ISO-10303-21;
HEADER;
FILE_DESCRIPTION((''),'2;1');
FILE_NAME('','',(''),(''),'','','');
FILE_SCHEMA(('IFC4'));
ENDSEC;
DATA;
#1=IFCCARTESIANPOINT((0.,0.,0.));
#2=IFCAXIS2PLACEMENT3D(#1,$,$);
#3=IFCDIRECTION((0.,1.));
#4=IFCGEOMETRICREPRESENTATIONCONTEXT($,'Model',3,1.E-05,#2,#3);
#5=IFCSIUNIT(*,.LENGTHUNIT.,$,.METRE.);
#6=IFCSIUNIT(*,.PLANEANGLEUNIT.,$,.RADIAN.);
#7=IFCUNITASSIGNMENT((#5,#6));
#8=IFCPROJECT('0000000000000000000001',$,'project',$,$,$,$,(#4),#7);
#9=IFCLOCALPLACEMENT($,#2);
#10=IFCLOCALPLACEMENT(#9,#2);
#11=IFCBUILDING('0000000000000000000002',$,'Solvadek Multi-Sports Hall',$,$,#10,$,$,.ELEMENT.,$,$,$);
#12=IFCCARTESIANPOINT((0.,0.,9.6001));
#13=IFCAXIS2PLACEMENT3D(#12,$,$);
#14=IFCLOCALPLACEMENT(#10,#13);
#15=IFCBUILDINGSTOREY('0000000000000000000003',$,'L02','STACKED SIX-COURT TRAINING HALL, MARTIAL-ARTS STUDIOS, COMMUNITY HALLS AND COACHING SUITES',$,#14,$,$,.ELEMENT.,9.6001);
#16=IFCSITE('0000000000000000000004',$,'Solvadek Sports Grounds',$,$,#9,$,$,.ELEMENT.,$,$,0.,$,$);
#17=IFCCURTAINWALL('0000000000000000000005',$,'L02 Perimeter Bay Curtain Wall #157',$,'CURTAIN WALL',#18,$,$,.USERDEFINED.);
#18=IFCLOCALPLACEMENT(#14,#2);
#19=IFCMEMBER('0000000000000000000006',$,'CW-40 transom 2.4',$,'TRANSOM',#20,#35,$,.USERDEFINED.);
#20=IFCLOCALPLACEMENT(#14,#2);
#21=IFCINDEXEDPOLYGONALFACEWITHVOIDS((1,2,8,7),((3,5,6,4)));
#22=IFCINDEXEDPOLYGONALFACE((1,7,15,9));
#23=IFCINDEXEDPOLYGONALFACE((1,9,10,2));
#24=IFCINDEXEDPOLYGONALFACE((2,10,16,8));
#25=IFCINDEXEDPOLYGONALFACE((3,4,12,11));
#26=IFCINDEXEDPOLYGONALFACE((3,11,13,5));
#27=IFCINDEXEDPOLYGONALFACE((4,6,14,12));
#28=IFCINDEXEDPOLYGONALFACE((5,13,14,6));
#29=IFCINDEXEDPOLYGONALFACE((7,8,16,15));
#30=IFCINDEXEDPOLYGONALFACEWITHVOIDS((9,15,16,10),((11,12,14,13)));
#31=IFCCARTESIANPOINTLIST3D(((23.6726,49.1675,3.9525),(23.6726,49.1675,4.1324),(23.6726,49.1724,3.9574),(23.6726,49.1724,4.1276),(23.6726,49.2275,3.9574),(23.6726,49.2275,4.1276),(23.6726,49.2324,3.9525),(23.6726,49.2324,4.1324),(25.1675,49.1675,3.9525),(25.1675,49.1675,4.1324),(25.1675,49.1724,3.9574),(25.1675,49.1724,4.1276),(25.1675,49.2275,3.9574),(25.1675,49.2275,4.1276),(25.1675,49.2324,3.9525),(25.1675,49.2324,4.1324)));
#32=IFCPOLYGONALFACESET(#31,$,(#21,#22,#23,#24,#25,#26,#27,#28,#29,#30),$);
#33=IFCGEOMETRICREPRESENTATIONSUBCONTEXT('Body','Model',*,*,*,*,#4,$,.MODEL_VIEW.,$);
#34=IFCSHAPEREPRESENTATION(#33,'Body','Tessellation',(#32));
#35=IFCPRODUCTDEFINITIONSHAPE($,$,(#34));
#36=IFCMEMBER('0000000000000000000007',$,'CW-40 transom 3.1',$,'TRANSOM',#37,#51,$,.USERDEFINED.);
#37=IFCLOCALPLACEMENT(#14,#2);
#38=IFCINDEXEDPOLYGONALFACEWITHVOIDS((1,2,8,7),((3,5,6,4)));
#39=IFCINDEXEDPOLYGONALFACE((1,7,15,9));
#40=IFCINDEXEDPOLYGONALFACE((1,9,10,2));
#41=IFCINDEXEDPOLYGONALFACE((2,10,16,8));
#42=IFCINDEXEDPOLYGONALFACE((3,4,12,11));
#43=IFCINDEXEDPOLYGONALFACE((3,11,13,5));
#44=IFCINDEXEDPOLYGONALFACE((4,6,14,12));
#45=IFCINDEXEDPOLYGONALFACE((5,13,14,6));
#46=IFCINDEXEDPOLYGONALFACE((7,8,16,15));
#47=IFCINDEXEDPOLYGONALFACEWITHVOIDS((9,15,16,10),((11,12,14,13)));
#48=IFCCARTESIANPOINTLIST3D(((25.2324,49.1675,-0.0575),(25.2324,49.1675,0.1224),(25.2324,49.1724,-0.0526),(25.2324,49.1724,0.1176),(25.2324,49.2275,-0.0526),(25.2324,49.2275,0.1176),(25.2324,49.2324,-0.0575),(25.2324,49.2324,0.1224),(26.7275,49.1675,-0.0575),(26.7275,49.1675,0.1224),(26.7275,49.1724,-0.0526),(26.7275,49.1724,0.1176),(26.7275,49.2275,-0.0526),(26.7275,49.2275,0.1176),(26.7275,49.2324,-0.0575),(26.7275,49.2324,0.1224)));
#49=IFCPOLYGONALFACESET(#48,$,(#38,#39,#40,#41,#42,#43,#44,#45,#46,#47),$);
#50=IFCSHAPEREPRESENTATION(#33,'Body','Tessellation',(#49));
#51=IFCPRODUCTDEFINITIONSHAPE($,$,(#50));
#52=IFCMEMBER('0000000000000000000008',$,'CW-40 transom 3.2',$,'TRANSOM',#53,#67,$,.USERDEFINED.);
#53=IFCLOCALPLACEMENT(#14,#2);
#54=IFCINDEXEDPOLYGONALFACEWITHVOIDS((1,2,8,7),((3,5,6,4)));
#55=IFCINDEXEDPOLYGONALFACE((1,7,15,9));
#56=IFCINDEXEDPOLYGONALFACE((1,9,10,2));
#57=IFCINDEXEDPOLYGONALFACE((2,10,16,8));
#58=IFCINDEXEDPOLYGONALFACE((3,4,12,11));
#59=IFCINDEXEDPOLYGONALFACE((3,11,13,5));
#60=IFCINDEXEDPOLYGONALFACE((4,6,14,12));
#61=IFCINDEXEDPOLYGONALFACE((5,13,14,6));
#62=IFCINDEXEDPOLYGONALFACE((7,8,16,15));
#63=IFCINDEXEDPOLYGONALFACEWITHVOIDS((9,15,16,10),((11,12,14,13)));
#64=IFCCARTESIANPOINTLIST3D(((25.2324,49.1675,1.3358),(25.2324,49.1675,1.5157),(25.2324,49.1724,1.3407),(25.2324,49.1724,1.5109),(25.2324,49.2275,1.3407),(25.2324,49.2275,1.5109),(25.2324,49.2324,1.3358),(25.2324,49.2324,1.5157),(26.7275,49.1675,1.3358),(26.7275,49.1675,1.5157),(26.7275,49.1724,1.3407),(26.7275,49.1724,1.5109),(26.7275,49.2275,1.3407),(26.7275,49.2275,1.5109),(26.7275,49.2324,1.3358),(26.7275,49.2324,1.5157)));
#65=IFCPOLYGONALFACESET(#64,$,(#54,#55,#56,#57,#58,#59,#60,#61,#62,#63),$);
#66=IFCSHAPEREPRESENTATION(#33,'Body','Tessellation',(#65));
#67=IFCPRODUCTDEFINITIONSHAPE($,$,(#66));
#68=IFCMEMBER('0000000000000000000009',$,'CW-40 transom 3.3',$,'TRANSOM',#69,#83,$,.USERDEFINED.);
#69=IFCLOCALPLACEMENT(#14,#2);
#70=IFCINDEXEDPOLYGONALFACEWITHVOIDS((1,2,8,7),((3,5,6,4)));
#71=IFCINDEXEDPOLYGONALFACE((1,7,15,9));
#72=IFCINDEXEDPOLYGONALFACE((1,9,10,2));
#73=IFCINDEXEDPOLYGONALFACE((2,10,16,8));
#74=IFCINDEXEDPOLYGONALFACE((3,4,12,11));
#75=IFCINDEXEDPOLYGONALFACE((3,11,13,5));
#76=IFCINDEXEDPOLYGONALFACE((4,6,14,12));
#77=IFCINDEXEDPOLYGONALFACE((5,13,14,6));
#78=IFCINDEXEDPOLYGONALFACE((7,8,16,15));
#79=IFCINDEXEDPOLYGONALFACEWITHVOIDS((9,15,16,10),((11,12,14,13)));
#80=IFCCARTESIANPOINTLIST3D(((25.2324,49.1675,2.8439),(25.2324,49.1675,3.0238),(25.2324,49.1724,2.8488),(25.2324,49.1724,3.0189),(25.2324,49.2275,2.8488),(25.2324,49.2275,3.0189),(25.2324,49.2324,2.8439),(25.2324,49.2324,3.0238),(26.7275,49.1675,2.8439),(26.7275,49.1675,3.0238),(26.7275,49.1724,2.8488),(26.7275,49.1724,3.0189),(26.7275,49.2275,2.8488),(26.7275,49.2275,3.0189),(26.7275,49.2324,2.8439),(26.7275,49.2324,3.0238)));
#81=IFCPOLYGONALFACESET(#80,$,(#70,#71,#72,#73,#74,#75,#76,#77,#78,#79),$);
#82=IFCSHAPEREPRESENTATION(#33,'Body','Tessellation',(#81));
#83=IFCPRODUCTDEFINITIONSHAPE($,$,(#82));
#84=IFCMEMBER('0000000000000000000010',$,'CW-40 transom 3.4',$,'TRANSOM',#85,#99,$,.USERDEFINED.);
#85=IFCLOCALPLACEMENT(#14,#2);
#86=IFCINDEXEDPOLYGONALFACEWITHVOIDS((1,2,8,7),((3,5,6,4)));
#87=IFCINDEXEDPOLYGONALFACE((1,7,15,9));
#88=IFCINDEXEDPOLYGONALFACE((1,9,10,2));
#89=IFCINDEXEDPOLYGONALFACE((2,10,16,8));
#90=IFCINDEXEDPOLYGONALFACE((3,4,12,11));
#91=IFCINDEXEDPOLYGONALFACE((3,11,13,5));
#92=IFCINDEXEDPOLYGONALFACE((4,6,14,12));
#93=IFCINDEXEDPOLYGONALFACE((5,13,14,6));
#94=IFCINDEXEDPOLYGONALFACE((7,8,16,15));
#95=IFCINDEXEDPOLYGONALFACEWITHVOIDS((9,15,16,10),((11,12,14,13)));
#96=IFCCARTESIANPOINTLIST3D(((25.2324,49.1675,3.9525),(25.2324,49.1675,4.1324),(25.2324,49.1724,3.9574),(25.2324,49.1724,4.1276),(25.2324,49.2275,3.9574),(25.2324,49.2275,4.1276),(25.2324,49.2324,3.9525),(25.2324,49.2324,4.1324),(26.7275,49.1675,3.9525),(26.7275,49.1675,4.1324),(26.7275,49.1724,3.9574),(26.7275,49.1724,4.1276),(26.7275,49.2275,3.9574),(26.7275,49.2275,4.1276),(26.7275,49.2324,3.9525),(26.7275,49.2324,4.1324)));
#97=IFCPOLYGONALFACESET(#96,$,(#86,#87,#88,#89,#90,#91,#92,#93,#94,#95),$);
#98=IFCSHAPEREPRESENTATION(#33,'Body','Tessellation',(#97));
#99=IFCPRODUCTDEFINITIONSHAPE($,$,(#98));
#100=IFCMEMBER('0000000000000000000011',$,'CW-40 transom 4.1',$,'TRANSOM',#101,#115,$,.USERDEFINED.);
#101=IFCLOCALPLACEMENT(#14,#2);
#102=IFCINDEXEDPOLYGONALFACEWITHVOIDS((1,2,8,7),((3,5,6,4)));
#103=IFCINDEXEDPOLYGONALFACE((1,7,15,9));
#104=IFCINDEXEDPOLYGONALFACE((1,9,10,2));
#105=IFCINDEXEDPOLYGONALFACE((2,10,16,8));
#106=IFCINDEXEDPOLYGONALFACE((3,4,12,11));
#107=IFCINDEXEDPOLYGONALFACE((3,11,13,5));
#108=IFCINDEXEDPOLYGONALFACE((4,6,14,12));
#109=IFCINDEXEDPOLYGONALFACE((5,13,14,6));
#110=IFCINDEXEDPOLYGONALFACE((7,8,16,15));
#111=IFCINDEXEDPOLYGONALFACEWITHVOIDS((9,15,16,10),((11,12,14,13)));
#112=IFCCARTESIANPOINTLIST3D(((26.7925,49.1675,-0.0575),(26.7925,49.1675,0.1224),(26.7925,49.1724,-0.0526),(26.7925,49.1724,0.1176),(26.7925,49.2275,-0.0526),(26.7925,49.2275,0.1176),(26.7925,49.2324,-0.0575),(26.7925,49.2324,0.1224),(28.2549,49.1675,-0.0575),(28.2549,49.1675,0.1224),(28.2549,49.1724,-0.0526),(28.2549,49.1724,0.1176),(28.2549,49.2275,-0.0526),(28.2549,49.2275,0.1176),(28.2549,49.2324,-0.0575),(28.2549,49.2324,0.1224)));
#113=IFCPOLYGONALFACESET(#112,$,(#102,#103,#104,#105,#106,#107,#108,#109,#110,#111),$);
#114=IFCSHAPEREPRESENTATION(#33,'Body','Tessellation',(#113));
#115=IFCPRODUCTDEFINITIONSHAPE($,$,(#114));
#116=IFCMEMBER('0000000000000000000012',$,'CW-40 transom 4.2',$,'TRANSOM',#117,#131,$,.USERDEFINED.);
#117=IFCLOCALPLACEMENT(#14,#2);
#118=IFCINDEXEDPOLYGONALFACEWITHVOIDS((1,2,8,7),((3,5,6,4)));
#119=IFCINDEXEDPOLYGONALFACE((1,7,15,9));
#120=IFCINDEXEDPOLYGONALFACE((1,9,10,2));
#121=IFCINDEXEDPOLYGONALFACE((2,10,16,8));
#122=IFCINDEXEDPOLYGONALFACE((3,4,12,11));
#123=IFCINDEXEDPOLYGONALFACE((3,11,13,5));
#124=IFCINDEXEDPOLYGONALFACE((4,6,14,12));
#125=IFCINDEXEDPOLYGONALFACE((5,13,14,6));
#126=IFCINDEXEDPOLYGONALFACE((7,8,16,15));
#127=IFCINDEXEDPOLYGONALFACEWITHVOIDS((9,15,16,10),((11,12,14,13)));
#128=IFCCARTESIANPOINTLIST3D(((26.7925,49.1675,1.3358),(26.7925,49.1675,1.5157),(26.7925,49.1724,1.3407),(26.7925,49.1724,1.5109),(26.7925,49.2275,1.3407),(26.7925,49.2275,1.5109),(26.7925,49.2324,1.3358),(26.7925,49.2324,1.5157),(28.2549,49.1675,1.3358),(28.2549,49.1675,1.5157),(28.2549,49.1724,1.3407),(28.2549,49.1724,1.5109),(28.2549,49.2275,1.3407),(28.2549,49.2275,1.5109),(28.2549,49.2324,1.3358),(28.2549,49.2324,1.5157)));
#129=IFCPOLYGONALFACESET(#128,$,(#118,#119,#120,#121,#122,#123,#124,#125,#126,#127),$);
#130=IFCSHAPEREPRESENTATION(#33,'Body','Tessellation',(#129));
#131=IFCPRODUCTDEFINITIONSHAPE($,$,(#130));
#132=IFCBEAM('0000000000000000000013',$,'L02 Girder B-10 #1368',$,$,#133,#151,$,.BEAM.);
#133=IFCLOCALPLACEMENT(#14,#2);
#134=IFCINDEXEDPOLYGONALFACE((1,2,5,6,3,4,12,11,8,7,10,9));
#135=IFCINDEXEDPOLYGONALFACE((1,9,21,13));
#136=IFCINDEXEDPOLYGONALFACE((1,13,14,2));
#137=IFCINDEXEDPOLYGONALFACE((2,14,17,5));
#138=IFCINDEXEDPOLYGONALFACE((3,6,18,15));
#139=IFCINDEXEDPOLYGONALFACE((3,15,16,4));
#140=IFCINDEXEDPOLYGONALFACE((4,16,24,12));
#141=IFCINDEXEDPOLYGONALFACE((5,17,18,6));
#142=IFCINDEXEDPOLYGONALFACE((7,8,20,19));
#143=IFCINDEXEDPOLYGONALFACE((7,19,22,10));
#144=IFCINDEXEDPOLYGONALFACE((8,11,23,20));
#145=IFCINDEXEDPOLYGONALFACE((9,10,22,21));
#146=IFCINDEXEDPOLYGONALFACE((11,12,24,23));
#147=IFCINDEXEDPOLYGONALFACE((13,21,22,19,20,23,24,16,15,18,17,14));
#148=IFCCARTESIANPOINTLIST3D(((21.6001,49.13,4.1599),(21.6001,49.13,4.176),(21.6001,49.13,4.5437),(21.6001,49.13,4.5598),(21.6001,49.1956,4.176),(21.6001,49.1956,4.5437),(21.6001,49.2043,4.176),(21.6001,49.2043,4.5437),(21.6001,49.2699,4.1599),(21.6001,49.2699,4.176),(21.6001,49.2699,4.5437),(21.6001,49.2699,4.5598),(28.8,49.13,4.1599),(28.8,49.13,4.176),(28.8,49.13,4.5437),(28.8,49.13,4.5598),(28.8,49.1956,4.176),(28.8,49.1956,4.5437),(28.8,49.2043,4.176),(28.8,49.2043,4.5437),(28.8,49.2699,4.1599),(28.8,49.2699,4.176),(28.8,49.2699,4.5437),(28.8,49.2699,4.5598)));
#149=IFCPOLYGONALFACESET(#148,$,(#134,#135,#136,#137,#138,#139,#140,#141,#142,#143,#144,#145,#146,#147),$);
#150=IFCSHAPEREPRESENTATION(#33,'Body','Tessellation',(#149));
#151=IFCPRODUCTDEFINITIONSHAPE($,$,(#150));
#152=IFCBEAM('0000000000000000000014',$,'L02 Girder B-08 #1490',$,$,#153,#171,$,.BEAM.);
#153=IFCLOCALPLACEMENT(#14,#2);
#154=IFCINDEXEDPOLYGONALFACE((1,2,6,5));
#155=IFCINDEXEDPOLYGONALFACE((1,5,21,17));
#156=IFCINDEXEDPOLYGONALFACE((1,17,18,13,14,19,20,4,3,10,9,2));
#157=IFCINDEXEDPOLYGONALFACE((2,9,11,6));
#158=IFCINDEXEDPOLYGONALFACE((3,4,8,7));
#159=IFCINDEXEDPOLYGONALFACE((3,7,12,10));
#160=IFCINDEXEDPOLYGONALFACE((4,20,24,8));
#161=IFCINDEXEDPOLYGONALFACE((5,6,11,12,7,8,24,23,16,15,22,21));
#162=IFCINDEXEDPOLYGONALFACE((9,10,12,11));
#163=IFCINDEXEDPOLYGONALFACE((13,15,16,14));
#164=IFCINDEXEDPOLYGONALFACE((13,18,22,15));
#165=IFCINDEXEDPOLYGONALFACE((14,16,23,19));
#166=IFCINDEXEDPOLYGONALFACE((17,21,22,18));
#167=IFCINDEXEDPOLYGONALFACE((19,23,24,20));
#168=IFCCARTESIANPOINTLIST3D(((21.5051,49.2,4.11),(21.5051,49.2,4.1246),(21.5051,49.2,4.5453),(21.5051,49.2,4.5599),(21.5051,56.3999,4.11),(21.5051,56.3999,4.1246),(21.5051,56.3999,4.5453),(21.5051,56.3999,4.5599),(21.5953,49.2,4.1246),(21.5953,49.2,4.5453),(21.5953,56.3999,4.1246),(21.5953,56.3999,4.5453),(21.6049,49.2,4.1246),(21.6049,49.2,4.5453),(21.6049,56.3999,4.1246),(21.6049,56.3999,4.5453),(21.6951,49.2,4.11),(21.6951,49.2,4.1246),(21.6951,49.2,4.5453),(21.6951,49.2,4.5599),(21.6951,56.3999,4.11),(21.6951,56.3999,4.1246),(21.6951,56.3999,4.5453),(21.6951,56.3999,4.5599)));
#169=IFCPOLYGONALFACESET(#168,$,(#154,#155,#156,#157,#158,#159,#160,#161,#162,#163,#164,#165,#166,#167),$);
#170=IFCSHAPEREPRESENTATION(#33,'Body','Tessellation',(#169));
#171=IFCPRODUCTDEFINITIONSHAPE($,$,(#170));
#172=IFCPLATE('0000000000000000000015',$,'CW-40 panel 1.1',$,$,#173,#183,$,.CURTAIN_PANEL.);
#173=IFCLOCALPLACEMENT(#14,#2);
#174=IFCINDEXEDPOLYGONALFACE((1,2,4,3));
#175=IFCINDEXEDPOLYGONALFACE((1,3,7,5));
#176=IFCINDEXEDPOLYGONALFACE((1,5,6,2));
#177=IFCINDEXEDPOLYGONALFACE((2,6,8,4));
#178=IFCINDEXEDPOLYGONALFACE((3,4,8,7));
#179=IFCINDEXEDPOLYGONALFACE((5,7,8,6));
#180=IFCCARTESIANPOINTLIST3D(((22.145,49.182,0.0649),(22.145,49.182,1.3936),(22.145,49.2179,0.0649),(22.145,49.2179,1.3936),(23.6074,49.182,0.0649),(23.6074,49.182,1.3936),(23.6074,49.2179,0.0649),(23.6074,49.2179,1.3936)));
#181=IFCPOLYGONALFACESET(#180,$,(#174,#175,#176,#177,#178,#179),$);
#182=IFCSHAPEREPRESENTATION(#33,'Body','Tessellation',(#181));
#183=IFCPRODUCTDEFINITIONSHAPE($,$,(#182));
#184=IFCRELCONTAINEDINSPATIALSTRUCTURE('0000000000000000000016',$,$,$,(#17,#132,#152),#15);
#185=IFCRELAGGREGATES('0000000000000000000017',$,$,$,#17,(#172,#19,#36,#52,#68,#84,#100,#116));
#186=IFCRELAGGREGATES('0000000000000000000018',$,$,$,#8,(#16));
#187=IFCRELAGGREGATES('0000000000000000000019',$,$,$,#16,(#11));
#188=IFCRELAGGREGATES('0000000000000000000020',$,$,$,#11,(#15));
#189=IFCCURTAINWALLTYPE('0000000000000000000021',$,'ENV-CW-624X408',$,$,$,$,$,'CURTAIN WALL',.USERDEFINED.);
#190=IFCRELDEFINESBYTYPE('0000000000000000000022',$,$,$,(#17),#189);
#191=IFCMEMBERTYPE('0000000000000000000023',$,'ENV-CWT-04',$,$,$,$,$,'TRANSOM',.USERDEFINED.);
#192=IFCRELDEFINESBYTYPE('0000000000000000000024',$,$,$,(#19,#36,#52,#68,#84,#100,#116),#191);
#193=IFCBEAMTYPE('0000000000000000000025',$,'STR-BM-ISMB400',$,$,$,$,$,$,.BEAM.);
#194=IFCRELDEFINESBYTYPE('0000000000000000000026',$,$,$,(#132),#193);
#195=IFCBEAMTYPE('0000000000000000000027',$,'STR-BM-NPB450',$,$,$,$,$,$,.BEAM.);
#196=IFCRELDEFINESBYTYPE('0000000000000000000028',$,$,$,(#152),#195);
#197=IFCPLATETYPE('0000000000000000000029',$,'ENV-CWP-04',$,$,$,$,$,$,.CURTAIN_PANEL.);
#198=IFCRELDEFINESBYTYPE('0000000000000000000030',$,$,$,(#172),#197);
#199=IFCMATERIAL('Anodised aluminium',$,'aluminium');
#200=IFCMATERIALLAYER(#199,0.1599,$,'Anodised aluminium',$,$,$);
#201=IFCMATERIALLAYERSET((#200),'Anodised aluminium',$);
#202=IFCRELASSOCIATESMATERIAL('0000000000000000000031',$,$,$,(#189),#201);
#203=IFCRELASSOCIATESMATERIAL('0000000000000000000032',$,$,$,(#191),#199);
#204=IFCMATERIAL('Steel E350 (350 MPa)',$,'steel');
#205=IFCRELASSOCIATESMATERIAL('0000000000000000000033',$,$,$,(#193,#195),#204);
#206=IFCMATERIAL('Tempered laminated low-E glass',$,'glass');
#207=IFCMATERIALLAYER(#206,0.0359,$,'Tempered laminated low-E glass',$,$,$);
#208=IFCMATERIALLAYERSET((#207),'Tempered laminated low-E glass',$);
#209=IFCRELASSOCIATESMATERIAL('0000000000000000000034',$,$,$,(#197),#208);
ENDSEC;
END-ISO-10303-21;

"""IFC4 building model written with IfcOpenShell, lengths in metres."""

from ifc_helpers import new_model, si_unit, direction, frame, origin, origin_2d, place, context, subcontext, project, spatial, rectangle, hollow_rectangle, i_section, extrude, material, layer, layer_set, material_profile, profile_set, type_object, element, aggregate, save


model = new_model("IFC4")

# Units and contexts
model_context = context("Model", 3, precision=1e-05, world=origin(), true_north=direction((0.0, 1.0)))
body_context = subcontext(model_context, "Body", "Model", "MODEL_VIEW")
ifc_project = project(units=[si_unit("LENGTHUNIT", "METRE"), si_unit("PLANEANGLEUNIT", "RADIAN")], contexts=[model_context])

# Site, building, storey
site_placement = place(None, origin())
site = spatial("IfcSite", under=ifc_project, at=site_placement, Name="Solvadek Sports Grounds", CompositionType="ELEMENT", RefElevation=0.0)
building_placement = place(site_placement, origin())
building = spatial("IfcBuilding", under=site, at=building_placement, Name="Solvadek Multi-Sports Hall", CompositionType="ELEMENT")
storey_placement = place(building_placement, frame((0.0, 0.0, 9.6001)))
storey = spatial("IfcBuildingStorey", under=building, at=storey_placement, Name="L02", Description="STACKED SIX-COURT TRAINING HALL, MARTIAL-ARTS STUDIOS, COMMUNITY HALLS AND COACHING SUITES", CompositionType="ELEMENT", Elevation=9.6001)

# Curtain wall, members
ifc_material_1 = material(Name="Anodised aluminium", Category="aluminium")
ifc_layer_1 = layer(ifc_material_1, 0.1599, Name="Anodised aluminium")
ifc_layer_set_1 = layer_set([ifc_layer_1], Name="Anodised aluminium")
curtain_wall_type = type_object("IfcCurtainWallType", Name="ENV-CW-624X408", ElementType="CURTAIN WALL", PredefinedType="USERDEFINED", material=ifc_layer_set_1)
curtain_wall_placement = place(storey_placement, origin())
curtain_wall = element("IfcCurtainWall", 1, at=curtain_wall_placement, inside=storey, type_object=curtain_wall_type, Name="L02 Perimeter Bay Curtain Wall #157", ObjectType="CURTAIN WALL", PredefinedType="USERDEFINED")
ifc_material_profile_1 = material_profile(ifc_material_1, hollow_rectangle(XDim=0.0649, YDim=0.1799, WallThickness=0.0049, at=origin_2d()), Name="ALU-T 180x65x5")
ifc_profile_set_1 = profile_set([ifc_material_profile_1], Name="Anodised aluminium")
member_type_1 = type_object("IfcMemberType", Name="ENV-CWT-04", ElementType="TRANSOM", PredefinedType="USERDEFINED", material=ifc_profile_set_1)
member_1_placement = place(storey_placement, frame((23.6726, 49.2, 4.0425), z_axis=(1.0, 0.0, 0.0), x_axis=(0.0, 1.0, 0.0)))
member_1 = element("IfcMember", 2, at=member_1_placement, type_object=member_type_1, Name="CW-40 transom 2.4", ObjectType="TRANSOM", PredefinedType="USERDEFINED", context=body_context, shape_type="SweptSolid", body=[
    extrude(hollow_rectangle(XDim=0.0649, YDim=0.1799, WallThickness=0.0049, at=origin_2d()), origin(), (0.0, 0.0, 1.0), 1.4949),
])
member_2_placement = place(storey_placement, frame((25.2324, 49.2, 0.0325), z_axis=(1.0, 0.0, 0.0), x_axis=(0.0, 1.0, 0.0)))
member_2 = element("IfcMember", 3, at=member_2_placement, type_object=member_type_1, Name="CW-40 transom 3.1", ObjectType="TRANSOM", PredefinedType="USERDEFINED", context=body_context, shape_type="SweptSolid", body=[
    extrude(hollow_rectangle(XDim=0.0649, YDim=0.1799, WallThickness=0.0049, at=origin_2d()), origin(), (0.0, 0.0, 1.0), 1.4951),
])
member_3_placement = place(storey_placement, frame((25.2324, 49.2, 1.4258), z_axis=(1.0, 0.0, 0.0), x_axis=(0.0, 1.0, 0.0)))
member_3 = element("IfcMember", 4, at=member_3_placement, type_object=member_type_1, Name="CW-40 transom 3.2", ObjectType="TRANSOM", PredefinedType="USERDEFINED", context=body_context, shape_type="SweptSolid", body=[
    extrude(hollow_rectangle(XDim=0.0649, YDim=0.1799, WallThickness=0.0049, at=origin_2d()), origin(), (0.0, 0.0, 1.0), 1.4951),
])
member_4_placement = place(storey_placement, frame((25.2324, 49.2, 2.9338), z_axis=(1.0, 0.0, 0.0), x_axis=(0.0, 1.0, 0.0)))
member_4 = element("IfcMember", 5, at=member_4_placement, type_object=member_type_1, Name="CW-40 transom 3.3", ObjectType="TRANSOM", PredefinedType="USERDEFINED", context=body_context, shape_type="SweptSolid", body=[
    extrude(hollow_rectangle(XDim=0.0649, YDim=0.1799, WallThickness=0.0049, at=origin_2d()), origin(), (0.0, 0.0, 1.0), 1.4951),
])
member_5_placement = place(storey_placement, frame((25.2324, 49.2, 4.0425), z_axis=(1.0, 0.0, 0.0), x_axis=(0.0, 1.0, 0.0)))
member_5 = element("IfcMember", 6, at=member_5_placement, type_object=member_type_1, Name="CW-40 transom 3.4", ObjectType="TRANSOM", PredefinedType="USERDEFINED", context=body_context, shape_type="SweptSolid", body=[
    extrude(hollow_rectangle(XDim=0.0649, YDim=0.1799, WallThickness=0.0049, at=origin_2d()), origin(), (0.0, 0.0, 1.0), 1.4951),
])
member_6_placement = place(storey_placement, frame((26.7925, 49.2, 0.0325), z_axis=(1.0, 0.0, 0.0), x_axis=(0.0, 1.0, 0.0)))
member_6 = element("IfcMember", 7, at=member_6_placement, type_object=member_type_1, Name="CW-40 transom 4.1", ObjectType="TRANSOM", PredefinedType="USERDEFINED", context=body_context, shape_type="SweptSolid", body=[
    extrude(hollow_rectangle(XDim=0.0649, YDim=0.1799, WallThickness=0.0049, at=origin_2d()), origin(), (0.0, 0.0, 1.0), 1.4624),
])
member_7_placement = place(storey_placement, frame((26.7925, 49.2, 1.4258), z_axis=(1.0, 0.0, 0.0), x_axis=(0.0, 1.0, 0.0)))
member_7 = element("IfcMember", 8, at=member_7_placement, type_object=member_type_1, Name="CW-40 transom 4.2", ObjectType="TRANSOM", PredefinedType="USERDEFINED", context=body_context, shape_type="SweptSolid", body=[
    extrude(hollow_rectangle(XDim=0.0649, YDim=0.1799, WallThickness=0.0049, at=origin_2d()), origin(), (0.0, 0.0, 1.0), 1.4624),
])

# Beams
ifc_material_2 = material(Name="Steel E350 (350 MPa)", Category="steel")
ifc_material_profile_2 = material_profile(ifc_material_2, i_section(OverallWidth=0.1399, OverallDepth=0.3999, WebThickness=0.0088, FlangeThickness=0.0161, at=origin_2d()), Name="ISMB 400")
ifc_profile_set_2 = profile_set([ifc_material_profile_2], Name="Steel E350 (350 MPa)")
beam_type_1 = type_object("IfcBeamType", Name="STR-BM-ISMB400", PredefinedType="BEAM", material=ifc_profile_set_2)
beam_1_placement = place(storey_placement, frame((21.6001, 49.2, 4.3599), z_axis=(1.0, 0.0, 0.0), x_axis=(0.0, 1.0, 0.0)))
element("IfcBeam", 9, at=beam_1_placement, inside=storey, type_object=beam_type_1, Name="L02 Girder B-10 #1368", PredefinedType="BEAM", context=body_context, shape_type="SweptSolid", body=[
    extrude(i_section(OverallWidth=0.1399, OverallDepth=0.3999, WebThickness=0.0088, FlangeThickness=0.0161, at=origin_2d()), origin(), (0.0, 0.0, 1.0), 7.2),
])
ifc_material_profile_3 = material_profile(ifc_material_2, i_section(OverallWidth=0.1899, OverallDepth=0.45, WebThickness=0.0095, FlangeThickness=0.0146, at=origin_2d()), Name="NPB 450")
ifc_profile_set_3 = profile_set([ifc_material_profile_3], Name="Steel E350 (350 MPa)")
beam_type_2 = type_object("IfcBeamType", Name="STR-BM-NPB450", PredefinedType="BEAM", material=ifc_profile_set_3)
beam_2_placement = place(storey_placement, frame((21.6001, 49.2, 4.335), z_axis=(0.0, 1.0, 0.0), x_axis=(-1.0, 0.0, 0.0)))
element("IfcBeam", 10, at=beam_2_placement, inside=storey, type_object=beam_type_2, Name="L02 Girder B-08 #1490", PredefinedType="BEAM", context=body_context, shape_type="SweptSolid", body=[
    extrude(i_section(OverallWidth=0.1899, OverallDepth=0.45, WebThickness=0.0095, FlangeThickness=0.0146, at=origin_2d()), origin(), (0.0, 0.0, 1.0), 7.2),
])

# Plate
ifc_material_3 = material(Name="Tempered laminated low-E glass", Category="glass")
ifc_layer_2 = layer(ifc_material_3, 0.0359, Name="Tempered laminated low-E glass")
ifc_layer_set_2 = layer_set([ifc_layer_2], Name="Tempered laminated low-E glass")
plate_type = type_object("IfcPlateType", Name="ENV-CWP-04", PredefinedType="CURTAIN_PANEL", material=ifc_layer_set_2)
plate_1_placement = place(storey_placement, frame((22.8762, 49.2, 0.0649), z_axis=(0.0, 0.0, 1.0), x_axis=(1.0, 0.0, 0.0)))
plate_1 = element("IfcPlate", 11, at=plate_1_placement, type_object=plate_type, Name="CW-40 panel 1.1", PredefinedType="CURTAIN_PANEL", context=body_context, shape_type="SweptSolid", body=[
    extrude(rectangle(XDim=1.4624, YDim=0.0359, at=origin_2d()), origin(), (0.0, 0.0, 1.0), 1.3286),
])
aggregate(curtain_wall, [plate_1, member_1, member_2, member_3, member_4, member_5, member_6, member_7])

save(model, "model.ifc")
